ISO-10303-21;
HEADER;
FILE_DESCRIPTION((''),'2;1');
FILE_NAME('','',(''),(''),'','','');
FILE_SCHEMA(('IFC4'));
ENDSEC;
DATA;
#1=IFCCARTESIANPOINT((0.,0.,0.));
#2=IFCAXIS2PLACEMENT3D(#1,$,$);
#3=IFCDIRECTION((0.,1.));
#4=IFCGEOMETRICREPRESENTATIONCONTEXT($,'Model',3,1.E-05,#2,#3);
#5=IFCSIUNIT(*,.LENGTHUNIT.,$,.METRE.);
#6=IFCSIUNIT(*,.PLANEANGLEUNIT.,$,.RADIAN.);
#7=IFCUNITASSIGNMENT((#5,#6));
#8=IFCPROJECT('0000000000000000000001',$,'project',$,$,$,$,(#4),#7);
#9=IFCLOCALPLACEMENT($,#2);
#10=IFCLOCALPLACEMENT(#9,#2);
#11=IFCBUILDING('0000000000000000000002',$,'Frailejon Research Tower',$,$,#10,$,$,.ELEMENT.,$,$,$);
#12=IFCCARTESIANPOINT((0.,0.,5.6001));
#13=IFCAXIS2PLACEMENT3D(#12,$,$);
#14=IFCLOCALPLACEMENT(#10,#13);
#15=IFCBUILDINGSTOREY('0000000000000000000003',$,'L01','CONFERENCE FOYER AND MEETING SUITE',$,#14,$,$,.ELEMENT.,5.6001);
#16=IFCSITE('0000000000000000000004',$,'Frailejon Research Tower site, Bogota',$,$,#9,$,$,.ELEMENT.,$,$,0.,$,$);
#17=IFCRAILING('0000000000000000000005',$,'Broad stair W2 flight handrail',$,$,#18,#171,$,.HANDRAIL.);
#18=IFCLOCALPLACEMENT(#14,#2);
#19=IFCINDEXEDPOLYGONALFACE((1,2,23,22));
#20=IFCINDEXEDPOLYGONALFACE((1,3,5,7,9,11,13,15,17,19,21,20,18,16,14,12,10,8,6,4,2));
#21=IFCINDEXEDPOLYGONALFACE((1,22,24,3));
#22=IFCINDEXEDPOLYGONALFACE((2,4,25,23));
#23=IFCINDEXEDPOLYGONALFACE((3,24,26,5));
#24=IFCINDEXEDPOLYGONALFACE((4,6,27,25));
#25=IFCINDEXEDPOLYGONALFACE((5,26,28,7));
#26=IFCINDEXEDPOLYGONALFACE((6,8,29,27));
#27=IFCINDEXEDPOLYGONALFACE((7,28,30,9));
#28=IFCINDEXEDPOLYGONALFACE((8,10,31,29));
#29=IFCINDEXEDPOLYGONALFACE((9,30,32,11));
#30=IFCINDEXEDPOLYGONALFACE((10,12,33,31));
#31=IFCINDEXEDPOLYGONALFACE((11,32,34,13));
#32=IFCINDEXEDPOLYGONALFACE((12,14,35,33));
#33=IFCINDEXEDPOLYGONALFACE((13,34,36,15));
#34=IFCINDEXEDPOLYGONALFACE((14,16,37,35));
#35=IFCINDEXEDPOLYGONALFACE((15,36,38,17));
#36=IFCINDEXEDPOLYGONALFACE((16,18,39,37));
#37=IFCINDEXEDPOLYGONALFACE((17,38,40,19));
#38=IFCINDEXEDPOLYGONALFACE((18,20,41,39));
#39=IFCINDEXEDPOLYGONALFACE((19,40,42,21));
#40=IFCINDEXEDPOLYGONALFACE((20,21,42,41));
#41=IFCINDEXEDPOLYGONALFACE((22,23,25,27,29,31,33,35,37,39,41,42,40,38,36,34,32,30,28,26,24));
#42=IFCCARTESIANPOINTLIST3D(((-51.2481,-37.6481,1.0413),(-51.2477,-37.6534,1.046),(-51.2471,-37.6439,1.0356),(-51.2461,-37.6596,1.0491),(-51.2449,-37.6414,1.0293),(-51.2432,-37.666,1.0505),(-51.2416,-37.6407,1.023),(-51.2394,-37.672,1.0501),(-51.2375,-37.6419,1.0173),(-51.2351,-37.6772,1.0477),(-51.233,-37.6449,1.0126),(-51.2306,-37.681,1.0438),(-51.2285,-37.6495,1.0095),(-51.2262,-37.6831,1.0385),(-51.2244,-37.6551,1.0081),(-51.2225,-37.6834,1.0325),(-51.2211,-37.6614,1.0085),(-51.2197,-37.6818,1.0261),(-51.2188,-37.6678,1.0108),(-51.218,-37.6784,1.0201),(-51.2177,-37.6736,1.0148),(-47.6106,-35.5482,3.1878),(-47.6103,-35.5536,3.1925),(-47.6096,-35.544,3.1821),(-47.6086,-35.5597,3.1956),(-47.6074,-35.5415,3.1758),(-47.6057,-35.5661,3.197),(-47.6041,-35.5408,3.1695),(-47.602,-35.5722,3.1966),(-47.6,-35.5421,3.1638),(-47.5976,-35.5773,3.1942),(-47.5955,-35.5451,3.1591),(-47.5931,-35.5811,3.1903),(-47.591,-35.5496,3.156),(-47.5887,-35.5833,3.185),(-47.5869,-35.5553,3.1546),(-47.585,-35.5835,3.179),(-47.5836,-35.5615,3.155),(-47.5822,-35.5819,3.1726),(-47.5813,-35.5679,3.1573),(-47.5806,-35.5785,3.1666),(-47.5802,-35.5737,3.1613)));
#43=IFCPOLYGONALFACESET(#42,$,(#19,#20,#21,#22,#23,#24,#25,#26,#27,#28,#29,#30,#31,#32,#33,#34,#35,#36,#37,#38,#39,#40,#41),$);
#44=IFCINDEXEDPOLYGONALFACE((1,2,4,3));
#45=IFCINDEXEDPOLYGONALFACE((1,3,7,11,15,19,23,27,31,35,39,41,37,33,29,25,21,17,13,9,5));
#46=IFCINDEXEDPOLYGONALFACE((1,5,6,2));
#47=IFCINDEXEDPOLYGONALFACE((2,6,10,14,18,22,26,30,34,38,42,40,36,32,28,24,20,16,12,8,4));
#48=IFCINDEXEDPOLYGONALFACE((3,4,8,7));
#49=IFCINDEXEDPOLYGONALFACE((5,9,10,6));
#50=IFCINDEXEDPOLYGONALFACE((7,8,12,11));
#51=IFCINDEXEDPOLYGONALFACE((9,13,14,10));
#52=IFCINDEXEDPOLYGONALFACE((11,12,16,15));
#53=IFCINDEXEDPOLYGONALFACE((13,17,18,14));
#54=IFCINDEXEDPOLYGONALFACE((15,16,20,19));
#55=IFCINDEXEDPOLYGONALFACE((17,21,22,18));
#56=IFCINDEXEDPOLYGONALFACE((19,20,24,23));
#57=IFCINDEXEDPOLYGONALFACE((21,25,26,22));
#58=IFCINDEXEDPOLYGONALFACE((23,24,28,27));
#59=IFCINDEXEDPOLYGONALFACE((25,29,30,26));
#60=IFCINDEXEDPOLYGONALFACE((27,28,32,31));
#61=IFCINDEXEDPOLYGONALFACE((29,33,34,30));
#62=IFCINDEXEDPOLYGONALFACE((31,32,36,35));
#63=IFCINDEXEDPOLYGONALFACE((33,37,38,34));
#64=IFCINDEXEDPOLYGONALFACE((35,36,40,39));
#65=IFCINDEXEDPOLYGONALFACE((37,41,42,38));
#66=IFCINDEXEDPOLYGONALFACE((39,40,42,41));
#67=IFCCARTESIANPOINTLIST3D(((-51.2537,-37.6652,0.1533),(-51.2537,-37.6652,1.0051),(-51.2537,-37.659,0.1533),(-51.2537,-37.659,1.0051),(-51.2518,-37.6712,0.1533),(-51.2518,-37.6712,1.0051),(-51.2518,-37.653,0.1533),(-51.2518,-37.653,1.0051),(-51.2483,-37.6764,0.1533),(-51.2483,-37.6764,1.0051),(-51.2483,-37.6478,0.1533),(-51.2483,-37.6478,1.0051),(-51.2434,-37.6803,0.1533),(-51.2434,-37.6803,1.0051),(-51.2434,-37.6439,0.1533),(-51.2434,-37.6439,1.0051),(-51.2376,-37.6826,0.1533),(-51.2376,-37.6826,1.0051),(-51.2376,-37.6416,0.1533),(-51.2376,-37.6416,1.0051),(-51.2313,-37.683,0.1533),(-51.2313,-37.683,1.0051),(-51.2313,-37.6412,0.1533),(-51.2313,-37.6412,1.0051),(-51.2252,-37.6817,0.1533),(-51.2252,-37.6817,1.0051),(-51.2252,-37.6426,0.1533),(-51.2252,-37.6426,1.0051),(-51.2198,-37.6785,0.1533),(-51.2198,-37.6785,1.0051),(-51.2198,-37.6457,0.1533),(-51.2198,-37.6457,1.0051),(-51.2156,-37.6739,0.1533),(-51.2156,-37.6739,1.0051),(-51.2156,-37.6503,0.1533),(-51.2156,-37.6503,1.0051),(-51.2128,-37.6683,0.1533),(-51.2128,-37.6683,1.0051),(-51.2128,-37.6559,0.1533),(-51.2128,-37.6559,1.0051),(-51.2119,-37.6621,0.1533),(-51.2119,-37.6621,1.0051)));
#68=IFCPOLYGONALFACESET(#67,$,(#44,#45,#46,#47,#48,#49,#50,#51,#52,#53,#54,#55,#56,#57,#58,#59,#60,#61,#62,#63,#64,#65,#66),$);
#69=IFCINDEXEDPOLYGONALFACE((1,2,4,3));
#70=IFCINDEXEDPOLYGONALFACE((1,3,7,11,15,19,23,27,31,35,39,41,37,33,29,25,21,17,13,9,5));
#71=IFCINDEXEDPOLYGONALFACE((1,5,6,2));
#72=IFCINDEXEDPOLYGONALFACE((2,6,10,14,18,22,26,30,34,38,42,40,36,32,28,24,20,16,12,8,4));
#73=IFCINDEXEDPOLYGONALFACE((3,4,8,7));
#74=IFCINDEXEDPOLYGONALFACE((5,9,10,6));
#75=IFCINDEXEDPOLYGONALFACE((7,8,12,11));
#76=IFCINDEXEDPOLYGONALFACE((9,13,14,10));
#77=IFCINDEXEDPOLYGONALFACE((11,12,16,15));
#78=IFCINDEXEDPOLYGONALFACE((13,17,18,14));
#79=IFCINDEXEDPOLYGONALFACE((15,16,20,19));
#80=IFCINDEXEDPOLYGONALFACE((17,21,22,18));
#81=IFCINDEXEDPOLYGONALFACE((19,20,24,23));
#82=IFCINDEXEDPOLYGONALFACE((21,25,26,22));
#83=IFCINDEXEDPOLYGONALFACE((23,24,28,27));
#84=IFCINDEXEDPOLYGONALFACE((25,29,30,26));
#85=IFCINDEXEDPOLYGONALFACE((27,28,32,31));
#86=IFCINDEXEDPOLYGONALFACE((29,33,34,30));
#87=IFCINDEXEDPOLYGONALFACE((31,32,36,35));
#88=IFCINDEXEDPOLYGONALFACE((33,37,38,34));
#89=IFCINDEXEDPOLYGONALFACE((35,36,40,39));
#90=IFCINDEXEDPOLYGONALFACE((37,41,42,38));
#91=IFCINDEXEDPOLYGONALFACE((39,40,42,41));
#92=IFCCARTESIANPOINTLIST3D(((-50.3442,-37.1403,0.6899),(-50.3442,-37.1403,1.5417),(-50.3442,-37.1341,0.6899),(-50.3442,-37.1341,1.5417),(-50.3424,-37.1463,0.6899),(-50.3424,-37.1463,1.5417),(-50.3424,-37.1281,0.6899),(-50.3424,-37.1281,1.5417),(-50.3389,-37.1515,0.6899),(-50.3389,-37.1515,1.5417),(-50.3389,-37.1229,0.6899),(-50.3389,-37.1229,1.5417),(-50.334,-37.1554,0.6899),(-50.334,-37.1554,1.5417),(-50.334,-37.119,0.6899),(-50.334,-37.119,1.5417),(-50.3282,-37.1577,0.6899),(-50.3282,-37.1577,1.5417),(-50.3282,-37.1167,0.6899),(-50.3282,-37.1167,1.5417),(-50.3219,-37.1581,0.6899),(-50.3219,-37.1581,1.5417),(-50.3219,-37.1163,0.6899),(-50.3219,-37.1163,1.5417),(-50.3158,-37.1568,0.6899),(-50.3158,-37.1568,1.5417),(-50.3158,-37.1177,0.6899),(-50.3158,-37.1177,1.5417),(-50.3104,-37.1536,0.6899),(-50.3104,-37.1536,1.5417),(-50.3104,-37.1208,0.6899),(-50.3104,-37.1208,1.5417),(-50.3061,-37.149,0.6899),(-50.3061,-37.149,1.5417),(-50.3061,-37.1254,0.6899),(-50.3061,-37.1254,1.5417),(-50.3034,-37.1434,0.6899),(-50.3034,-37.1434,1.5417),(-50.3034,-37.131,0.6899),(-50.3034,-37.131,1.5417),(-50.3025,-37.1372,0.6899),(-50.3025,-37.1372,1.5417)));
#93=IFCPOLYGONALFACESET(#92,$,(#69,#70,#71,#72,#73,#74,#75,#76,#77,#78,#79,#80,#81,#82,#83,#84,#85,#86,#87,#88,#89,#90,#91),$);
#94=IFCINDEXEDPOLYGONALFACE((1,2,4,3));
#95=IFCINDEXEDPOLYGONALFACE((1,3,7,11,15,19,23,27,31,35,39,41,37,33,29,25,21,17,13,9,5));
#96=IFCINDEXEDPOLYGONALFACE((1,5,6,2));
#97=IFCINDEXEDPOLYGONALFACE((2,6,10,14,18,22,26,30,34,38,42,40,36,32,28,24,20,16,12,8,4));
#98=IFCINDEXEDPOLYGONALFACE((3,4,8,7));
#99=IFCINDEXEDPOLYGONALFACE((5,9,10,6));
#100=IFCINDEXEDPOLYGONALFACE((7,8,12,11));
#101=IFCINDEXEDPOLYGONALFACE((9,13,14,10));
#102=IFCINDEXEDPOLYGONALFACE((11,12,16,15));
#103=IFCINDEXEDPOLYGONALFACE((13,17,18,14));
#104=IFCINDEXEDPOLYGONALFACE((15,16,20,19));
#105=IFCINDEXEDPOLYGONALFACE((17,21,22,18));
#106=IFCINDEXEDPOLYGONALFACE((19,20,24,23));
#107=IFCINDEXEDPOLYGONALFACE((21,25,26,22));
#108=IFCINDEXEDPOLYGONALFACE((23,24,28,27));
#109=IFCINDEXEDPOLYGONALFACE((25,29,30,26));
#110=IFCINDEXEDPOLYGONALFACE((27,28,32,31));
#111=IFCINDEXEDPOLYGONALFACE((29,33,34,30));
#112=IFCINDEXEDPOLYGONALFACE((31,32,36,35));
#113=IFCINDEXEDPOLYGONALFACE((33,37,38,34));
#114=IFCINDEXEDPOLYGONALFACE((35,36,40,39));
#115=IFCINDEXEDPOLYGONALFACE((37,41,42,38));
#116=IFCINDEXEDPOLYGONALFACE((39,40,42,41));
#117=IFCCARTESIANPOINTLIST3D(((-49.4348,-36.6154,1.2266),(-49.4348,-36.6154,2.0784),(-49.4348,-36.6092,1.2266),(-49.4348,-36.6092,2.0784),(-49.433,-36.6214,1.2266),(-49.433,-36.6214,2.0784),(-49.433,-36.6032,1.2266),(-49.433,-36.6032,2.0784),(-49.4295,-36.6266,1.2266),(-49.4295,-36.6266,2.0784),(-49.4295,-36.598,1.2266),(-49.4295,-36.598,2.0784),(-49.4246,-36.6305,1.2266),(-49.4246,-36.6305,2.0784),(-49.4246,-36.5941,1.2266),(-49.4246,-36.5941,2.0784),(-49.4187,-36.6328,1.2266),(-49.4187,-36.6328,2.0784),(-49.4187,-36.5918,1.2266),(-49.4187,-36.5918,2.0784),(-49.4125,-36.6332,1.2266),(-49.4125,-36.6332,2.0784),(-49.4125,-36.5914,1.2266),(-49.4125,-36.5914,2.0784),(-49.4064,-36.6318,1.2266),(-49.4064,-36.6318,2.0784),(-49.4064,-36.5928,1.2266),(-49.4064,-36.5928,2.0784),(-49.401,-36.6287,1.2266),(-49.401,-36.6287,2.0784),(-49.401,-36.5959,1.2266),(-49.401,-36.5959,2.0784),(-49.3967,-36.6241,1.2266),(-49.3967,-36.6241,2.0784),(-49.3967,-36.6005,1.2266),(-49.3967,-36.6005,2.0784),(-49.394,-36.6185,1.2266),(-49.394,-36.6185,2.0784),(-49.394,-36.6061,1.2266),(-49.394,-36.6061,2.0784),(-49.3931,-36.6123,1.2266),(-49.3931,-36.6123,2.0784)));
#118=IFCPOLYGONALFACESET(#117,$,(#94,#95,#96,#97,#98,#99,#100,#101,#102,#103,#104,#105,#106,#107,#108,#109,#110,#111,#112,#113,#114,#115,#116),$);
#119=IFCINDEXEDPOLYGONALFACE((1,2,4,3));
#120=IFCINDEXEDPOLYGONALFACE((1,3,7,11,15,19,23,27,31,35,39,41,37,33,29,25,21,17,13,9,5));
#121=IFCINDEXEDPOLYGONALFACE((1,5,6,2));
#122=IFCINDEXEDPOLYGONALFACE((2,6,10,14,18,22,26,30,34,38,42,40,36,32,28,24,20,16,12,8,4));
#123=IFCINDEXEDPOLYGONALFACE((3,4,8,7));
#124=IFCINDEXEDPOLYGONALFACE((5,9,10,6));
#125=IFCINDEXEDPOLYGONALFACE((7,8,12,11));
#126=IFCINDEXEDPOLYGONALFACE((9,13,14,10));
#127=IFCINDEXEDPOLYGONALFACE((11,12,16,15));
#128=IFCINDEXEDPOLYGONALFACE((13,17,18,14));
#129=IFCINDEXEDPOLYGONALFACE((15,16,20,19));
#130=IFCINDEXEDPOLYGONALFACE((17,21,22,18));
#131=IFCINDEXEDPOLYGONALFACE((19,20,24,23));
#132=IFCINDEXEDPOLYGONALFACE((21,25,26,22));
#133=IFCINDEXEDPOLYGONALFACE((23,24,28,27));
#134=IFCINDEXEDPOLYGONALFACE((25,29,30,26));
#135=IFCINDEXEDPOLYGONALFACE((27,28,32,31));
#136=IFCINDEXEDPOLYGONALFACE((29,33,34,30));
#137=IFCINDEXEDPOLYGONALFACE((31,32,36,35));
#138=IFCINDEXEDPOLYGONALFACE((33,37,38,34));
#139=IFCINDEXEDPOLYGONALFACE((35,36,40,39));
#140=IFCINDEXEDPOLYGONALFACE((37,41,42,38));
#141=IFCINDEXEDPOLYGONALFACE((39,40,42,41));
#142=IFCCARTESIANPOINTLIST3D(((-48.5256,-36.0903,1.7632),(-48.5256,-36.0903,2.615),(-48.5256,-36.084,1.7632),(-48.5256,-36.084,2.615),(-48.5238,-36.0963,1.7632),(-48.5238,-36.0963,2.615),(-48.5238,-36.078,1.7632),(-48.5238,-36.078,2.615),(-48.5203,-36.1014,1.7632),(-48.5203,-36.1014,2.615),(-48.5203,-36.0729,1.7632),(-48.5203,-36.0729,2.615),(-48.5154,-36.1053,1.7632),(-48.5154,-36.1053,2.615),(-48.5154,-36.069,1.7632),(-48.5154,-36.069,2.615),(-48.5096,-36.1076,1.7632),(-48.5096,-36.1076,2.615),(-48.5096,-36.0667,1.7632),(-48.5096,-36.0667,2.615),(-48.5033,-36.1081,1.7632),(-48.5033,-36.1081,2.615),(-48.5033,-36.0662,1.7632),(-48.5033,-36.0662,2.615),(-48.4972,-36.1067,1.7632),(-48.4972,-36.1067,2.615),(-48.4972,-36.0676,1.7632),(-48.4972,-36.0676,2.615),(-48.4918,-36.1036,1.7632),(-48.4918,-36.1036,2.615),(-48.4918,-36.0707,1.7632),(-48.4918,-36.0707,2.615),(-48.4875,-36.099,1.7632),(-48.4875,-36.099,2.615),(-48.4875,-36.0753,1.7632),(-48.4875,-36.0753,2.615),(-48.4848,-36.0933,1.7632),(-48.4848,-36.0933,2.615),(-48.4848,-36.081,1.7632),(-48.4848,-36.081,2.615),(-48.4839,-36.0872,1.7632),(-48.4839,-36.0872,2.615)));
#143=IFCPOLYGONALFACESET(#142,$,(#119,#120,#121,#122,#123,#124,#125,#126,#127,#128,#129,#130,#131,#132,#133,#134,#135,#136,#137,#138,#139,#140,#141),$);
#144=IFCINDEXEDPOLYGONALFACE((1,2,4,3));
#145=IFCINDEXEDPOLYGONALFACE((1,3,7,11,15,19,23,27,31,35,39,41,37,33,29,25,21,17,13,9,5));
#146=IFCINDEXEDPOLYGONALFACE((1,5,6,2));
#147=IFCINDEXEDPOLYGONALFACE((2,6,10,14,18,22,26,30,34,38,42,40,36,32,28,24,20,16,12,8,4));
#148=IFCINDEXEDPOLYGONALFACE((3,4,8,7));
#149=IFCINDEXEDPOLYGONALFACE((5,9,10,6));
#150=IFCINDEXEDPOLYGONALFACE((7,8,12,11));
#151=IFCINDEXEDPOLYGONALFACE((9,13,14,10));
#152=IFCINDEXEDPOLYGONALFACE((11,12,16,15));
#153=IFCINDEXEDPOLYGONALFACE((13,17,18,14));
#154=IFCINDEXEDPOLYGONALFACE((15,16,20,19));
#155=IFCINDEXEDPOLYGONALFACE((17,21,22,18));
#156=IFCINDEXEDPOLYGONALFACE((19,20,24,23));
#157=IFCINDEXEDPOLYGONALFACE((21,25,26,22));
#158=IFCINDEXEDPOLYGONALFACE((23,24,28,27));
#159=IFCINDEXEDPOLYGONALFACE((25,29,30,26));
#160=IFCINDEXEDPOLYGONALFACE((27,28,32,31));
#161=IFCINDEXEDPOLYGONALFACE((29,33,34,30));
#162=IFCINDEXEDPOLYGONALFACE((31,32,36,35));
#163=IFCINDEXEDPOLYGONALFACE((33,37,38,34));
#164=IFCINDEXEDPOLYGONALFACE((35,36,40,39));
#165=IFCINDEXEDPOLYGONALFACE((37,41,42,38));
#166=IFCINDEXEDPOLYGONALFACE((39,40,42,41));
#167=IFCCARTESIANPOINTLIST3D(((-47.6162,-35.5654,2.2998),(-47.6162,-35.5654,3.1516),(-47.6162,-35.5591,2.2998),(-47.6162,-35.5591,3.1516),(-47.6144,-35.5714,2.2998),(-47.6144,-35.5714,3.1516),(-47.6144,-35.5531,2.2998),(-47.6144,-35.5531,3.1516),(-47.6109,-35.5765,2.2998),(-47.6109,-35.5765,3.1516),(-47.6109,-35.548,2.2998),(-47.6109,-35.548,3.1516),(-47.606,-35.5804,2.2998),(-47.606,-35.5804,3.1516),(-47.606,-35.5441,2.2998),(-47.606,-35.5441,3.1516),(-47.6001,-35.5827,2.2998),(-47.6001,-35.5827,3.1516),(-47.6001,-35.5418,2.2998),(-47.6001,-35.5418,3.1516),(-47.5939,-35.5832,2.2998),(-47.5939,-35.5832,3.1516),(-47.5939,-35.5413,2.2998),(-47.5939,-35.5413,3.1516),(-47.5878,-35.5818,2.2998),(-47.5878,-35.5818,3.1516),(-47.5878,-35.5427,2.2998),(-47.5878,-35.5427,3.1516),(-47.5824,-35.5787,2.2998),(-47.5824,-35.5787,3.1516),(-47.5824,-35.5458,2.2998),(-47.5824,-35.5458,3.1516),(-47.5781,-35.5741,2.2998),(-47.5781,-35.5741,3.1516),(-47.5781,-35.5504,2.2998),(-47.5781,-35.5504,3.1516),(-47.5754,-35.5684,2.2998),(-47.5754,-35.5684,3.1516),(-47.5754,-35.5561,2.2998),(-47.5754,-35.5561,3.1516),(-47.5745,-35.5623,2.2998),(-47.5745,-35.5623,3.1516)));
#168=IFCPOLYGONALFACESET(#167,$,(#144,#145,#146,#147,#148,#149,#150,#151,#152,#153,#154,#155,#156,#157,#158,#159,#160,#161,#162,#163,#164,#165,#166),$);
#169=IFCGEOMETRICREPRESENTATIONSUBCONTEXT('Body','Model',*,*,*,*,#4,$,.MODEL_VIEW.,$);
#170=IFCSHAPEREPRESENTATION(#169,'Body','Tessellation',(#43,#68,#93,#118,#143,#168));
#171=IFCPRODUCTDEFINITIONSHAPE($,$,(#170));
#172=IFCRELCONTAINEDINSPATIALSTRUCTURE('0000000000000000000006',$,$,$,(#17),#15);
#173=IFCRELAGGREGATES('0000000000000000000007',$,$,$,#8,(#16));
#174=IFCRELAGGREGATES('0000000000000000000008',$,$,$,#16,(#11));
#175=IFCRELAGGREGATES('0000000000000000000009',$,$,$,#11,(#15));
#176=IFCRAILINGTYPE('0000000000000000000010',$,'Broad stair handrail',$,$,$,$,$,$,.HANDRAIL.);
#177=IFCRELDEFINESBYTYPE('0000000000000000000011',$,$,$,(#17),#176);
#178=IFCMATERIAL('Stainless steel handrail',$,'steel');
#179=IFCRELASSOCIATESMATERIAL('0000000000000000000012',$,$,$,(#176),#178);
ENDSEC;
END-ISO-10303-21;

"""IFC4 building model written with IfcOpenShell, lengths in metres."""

from ifc_helpers import new_model, si_unit, direction, frame, origin, origin_2d, place, context, subcontext, project, spatial, circle, extrude, material, type_object, element, save


model = new_model("IFC4")

# Units and contexts
model_context = context("Model", 3, precision=1e-05, world=origin(), true_north=direction((0.0, 1.0)))
body_context = subcontext(model_context, "Body", "Model", "MODEL_VIEW")
ifc_project = project(units=[si_unit("LENGTHUNIT", "METRE"), si_unit("PLANEANGLEUNIT", "RADIAN")], contexts=[model_context])

# Site, building, storey
site_placement = place(None, origin())
site = spatial("IfcSite", under=ifc_project, at=site_placement, Name="Frailejon Research Tower site, Bogota", CompositionType="ELEMENT", RefElevation=0.0)
building_placement = place(site_placement, origin())
building = spatial("IfcBuilding", under=site, at=building_placement, Name="Frailejon Research Tower", CompositionType="ELEMENT")
storey_placement = place(building_placement, frame((0.0, 0.0, 5.6001)))
storey = spatial("IfcBuildingStorey", under=building, at=storey_placement, Name="L01", Description="CONFERENCE FOYER AND MEETING SUITE", CompositionType="ELEMENT", Elevation=5.6001)

# Railing
ifc_material_1 = material(Name="Stainless steel handrail", Category="steel")
railing_type_1 = type_object("IfcRailingType", Name="Broad stair handrail", PredefinedType="HANDRAIL", material=ifc_material_1)
railing_1_placement = place(storey_placement, frame((-51.2329, -37.6621, 0.1533)))
element("IfcRailing", 1, at=railing_1_placement, inside=storey, type_object=railing_type_1, Name="Broad stair W2 flight handrail", PredefinedType="HANDRAIL", context=body_context, shape_type="SweptSolid", body=[
    extrude(circle(Radius=0.0239, at=origin_2d()), frame((0.0, 0.0, 0.876), z_axis=(0.771176, 0.44519, 0.455076), x_axis=(-0.499959, 0.866049, 0.0)), (0.0, 0.0, 1.0), 4.7168),
    extrude(circle(Radius=0.021, at=origin_2d()), origin(), (0.0, 0.0, 1.0), 0.8518),
    extrude(circle(Radius=0.021, at=origin_2d()), frame((0.9094, 0.5249, 0.5366)), (0.0, 0.0, 1.0), 0.8518),
    extrude(circle(Radius=0.021, at=origin_2d()), frame((1.8188, 1.0498, 1.0732)), (0.0, 0.0, 1.0), 0.8518),
    extrude(circle(Radius=0.021, at=origin_2d()), frame((2.728, 1.575, 1.6099)), (0.0, 0.0, 1.0), 0.8518),
    extrude(circle(Radius=0.021, at=origin_2d()), frame((3.6375, 2.0999, 2.1465)), (0.0, 0.0, 1.0), 0.8518),
])

save(model, "model.ifc")
